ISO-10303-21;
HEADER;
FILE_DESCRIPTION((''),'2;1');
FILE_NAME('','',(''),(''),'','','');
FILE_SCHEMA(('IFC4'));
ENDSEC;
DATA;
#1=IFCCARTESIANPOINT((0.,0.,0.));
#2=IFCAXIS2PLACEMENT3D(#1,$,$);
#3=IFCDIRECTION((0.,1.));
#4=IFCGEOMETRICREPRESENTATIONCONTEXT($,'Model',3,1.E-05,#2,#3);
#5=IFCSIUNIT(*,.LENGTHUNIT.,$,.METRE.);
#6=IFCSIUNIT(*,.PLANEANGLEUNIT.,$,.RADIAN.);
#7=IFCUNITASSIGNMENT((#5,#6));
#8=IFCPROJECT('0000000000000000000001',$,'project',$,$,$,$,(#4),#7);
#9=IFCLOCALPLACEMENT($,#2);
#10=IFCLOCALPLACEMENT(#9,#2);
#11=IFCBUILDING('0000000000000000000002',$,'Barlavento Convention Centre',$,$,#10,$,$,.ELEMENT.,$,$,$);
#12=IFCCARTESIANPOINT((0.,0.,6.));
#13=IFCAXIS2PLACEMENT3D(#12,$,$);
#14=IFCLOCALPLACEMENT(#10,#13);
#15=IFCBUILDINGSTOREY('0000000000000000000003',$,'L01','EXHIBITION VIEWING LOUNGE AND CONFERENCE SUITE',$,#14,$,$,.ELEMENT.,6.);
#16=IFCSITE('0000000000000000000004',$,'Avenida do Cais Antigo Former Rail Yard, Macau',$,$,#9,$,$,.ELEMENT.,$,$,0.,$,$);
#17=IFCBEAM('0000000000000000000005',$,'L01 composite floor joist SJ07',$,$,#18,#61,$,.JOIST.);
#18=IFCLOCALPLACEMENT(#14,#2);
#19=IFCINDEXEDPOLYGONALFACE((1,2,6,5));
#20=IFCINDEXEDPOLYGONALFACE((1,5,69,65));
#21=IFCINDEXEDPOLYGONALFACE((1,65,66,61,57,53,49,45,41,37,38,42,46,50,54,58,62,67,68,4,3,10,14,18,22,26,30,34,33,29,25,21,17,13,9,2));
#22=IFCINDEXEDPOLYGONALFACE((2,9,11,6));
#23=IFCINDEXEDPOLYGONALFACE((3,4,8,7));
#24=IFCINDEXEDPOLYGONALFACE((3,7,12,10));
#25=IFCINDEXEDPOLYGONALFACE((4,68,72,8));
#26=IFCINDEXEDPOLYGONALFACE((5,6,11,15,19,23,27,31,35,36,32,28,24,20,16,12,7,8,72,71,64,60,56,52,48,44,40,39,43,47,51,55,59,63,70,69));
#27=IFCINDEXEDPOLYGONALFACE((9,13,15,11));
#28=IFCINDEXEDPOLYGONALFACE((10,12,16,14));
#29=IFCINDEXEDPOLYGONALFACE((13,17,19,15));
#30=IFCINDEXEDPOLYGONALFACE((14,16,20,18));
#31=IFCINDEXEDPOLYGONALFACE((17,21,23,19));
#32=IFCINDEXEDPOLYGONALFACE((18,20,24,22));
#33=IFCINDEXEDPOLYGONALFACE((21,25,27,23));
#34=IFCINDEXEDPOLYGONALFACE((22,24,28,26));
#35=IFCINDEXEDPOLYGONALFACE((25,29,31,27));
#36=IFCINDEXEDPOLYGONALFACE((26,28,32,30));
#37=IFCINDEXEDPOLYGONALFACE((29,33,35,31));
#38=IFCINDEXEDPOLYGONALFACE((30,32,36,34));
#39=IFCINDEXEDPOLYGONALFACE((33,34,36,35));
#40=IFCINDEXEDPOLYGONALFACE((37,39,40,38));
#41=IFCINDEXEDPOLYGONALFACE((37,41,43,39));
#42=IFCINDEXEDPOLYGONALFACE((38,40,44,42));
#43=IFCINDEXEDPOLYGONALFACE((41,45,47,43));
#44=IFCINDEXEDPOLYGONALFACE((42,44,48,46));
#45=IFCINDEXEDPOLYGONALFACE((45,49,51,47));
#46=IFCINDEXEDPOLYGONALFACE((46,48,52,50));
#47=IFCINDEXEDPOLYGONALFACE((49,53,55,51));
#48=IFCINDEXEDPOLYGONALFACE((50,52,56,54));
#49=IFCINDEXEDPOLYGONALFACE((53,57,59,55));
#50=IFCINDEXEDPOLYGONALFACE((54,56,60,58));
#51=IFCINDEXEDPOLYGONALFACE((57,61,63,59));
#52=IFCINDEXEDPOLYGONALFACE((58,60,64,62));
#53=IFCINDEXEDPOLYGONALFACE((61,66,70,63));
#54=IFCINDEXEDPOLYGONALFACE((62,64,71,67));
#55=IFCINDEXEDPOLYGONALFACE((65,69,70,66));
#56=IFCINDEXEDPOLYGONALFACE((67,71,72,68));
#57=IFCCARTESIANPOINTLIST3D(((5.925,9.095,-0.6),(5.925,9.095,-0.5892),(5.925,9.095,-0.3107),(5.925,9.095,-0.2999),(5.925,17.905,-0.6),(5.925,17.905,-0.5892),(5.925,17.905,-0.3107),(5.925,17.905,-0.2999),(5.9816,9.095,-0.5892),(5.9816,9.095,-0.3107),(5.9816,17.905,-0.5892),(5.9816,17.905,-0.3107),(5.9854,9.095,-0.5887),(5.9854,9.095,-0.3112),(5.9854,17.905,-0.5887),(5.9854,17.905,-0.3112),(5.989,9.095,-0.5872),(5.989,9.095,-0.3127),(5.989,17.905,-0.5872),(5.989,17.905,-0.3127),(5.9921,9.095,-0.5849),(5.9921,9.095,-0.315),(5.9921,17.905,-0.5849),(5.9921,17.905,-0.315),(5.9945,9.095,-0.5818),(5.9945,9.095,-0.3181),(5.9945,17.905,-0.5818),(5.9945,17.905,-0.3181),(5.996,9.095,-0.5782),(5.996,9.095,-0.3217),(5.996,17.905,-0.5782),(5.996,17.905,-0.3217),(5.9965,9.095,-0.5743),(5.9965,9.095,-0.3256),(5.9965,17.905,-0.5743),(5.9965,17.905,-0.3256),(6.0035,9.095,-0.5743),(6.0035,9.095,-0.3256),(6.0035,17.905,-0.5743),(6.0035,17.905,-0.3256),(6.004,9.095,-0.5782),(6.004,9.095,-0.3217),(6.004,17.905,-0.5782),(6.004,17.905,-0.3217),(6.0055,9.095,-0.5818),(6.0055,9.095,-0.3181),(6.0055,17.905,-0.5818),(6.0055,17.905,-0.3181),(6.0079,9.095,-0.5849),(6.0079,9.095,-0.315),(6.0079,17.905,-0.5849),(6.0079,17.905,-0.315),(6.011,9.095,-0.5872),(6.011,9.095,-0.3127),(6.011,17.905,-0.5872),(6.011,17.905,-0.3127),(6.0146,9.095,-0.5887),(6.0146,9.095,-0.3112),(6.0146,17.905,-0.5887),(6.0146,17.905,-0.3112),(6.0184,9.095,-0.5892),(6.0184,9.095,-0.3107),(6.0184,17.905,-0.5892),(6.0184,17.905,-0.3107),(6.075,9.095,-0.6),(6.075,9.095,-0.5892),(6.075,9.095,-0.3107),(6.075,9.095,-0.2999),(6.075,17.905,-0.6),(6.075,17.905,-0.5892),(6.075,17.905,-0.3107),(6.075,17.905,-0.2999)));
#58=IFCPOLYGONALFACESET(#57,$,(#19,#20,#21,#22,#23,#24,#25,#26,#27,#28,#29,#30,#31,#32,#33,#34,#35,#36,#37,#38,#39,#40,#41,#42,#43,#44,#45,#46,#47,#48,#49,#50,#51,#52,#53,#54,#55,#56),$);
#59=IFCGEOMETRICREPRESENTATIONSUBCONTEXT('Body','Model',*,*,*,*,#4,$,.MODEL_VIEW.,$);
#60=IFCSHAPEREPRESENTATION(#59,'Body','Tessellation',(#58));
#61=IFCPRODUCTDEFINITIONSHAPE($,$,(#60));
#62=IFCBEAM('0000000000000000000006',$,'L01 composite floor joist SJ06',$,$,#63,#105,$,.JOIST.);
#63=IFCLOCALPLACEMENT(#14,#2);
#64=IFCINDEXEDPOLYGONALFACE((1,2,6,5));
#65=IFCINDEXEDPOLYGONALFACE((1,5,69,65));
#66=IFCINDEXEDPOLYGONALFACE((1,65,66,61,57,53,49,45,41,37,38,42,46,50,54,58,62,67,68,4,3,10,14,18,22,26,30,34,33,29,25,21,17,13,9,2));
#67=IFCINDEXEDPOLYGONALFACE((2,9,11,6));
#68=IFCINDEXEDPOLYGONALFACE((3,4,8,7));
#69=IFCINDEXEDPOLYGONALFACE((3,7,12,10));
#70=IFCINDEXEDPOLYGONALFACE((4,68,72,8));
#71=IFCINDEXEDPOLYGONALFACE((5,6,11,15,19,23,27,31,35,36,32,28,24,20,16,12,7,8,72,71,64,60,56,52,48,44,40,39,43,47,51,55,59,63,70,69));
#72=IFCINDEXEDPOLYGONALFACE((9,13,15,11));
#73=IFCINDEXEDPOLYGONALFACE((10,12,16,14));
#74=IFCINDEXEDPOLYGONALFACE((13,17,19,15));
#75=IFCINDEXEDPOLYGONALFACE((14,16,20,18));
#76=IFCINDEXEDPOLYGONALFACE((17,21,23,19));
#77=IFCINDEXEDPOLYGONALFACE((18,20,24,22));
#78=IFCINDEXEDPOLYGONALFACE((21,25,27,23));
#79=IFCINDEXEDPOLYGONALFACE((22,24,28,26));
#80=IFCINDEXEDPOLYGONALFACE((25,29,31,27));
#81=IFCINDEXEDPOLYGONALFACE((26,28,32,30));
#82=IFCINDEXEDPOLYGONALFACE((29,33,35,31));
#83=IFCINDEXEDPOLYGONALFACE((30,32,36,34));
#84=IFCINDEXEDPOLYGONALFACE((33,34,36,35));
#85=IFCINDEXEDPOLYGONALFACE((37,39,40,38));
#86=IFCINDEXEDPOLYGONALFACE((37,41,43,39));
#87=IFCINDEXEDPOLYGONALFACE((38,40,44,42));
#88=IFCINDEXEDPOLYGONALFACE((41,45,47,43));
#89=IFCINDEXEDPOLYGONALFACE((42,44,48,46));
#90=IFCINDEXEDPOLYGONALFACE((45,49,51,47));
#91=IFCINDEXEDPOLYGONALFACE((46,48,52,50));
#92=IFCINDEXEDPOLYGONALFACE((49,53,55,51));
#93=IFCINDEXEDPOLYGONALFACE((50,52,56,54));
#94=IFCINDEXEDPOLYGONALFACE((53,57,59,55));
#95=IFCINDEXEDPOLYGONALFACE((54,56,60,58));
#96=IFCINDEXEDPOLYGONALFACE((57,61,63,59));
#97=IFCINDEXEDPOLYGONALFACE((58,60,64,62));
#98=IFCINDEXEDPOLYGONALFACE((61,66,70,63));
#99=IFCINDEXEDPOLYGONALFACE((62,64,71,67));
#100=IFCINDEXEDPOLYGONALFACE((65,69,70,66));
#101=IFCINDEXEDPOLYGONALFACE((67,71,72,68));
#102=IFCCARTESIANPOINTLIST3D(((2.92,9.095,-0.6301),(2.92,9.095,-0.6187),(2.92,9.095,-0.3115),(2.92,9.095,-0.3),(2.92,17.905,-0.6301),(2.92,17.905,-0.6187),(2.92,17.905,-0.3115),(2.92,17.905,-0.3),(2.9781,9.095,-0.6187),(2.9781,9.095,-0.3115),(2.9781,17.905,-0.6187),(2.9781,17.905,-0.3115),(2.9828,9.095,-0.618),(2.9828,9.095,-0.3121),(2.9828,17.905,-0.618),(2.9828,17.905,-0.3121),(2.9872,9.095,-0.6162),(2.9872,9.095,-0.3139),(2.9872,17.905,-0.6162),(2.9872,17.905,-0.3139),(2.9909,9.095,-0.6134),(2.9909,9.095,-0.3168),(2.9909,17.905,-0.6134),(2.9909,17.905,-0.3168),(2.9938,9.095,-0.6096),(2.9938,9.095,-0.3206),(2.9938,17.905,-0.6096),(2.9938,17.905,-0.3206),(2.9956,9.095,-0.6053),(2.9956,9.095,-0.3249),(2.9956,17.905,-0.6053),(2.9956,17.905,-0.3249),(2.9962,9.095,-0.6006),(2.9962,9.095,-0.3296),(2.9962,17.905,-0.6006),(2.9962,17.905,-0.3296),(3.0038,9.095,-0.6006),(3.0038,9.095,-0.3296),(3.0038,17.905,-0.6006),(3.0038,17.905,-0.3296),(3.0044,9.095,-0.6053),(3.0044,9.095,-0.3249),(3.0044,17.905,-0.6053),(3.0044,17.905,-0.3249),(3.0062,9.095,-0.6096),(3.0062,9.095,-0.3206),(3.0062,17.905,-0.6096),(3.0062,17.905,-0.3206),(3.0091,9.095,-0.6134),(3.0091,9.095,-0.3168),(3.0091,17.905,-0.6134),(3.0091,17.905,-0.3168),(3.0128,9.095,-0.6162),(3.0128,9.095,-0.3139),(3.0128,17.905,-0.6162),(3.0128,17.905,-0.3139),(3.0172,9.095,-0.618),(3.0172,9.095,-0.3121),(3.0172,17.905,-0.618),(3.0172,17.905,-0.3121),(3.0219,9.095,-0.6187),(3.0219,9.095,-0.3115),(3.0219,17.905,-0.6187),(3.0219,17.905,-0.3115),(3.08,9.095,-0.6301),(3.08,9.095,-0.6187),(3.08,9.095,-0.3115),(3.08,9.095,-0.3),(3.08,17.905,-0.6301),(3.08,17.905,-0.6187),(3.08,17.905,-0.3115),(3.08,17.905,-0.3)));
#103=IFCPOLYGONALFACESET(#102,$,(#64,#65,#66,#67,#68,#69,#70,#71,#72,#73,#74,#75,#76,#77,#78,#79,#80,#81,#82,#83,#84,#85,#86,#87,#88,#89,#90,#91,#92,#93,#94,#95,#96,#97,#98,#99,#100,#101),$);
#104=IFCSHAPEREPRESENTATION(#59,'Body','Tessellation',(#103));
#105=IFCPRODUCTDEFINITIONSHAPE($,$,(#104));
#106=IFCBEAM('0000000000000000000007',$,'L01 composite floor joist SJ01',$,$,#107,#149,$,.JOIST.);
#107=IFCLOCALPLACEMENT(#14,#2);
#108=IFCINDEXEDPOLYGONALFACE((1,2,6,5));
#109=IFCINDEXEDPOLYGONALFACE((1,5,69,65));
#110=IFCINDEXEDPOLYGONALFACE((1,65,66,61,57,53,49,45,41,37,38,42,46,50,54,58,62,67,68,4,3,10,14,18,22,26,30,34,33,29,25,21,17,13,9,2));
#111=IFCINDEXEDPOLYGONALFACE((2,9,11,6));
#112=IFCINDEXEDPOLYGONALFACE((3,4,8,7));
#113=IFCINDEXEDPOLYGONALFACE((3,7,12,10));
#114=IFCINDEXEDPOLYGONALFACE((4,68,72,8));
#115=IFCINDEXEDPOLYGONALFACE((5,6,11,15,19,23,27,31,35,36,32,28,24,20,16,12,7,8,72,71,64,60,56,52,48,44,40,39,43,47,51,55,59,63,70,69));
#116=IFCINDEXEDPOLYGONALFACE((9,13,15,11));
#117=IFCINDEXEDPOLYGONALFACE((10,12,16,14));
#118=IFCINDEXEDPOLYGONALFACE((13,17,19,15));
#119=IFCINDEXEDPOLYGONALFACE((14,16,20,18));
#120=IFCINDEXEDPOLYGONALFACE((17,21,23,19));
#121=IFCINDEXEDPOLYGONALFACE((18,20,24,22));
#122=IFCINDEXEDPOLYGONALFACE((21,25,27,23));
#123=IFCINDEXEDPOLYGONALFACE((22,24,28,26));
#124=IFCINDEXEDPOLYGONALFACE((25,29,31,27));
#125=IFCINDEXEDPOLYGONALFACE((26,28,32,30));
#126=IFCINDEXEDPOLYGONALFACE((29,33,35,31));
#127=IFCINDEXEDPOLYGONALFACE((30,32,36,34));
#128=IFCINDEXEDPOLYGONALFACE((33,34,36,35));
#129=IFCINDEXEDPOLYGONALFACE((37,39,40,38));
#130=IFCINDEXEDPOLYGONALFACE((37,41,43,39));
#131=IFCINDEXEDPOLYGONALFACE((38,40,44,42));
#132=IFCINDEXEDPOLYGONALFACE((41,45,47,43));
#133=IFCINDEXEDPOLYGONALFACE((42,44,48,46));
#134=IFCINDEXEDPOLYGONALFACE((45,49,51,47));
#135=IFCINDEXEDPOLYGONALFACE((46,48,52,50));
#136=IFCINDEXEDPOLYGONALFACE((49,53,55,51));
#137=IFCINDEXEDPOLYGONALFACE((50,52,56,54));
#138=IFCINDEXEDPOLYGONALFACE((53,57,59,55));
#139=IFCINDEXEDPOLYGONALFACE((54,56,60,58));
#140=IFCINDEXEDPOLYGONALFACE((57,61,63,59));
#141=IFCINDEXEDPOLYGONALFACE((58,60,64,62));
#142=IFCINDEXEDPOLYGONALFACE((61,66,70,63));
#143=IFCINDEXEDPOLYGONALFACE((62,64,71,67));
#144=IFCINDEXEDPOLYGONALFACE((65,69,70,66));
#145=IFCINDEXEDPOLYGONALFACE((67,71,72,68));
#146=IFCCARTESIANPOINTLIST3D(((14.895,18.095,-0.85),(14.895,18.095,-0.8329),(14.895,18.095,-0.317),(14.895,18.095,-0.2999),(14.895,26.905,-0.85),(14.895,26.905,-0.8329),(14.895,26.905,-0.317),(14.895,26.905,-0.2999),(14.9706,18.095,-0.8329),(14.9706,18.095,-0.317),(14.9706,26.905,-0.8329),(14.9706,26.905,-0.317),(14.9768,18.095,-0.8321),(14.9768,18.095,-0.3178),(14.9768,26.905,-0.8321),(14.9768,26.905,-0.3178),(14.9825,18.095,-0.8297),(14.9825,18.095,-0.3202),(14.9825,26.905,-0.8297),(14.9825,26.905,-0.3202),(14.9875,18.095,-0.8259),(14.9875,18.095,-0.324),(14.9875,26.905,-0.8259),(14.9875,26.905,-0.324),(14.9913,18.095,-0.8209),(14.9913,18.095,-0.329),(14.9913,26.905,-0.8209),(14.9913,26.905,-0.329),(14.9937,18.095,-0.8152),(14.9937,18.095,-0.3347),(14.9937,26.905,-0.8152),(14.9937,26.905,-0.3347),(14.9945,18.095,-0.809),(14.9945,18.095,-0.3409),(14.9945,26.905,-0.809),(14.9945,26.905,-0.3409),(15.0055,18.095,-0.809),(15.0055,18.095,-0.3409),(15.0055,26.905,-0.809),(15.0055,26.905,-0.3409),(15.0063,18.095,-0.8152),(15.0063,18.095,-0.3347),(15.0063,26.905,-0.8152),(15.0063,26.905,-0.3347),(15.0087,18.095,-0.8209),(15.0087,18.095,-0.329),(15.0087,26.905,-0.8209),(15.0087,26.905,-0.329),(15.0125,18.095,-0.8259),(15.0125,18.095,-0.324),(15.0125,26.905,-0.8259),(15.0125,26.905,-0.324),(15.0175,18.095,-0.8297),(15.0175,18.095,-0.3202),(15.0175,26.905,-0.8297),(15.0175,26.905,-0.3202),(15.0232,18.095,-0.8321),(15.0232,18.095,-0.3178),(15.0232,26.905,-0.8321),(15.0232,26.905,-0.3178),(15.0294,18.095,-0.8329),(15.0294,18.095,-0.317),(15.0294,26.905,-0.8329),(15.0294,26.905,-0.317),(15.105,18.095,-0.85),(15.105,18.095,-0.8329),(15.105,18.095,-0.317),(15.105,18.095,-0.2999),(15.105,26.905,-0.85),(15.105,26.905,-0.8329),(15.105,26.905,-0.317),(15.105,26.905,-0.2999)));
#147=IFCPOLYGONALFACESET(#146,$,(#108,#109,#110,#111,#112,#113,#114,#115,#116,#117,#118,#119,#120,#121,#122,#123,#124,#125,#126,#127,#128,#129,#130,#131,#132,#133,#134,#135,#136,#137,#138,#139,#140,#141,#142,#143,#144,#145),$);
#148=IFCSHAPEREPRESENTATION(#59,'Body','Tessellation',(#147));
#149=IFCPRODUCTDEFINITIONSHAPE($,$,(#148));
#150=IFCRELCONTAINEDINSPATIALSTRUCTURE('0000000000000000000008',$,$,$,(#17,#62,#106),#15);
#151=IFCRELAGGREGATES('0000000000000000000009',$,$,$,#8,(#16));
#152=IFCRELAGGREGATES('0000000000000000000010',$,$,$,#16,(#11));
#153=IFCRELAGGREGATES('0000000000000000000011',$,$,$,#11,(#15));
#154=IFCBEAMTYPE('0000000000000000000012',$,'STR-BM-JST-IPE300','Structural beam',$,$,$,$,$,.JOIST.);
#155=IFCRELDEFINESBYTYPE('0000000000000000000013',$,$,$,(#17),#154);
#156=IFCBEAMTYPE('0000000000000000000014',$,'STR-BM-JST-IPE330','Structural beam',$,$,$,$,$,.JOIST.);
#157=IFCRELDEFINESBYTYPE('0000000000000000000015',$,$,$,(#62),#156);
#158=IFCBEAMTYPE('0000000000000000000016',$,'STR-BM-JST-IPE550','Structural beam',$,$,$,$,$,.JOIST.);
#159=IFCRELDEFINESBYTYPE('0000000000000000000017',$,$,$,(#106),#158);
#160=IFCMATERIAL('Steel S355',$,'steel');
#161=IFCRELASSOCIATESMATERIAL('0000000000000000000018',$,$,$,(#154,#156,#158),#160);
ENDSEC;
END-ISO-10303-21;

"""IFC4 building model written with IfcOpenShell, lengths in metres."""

from ifc_helpers import new_model, si_unit, direction, frame, origin, origin_2d, place, context, subcontext, project, spatial, i_section, extrude, material, material_profile, profile_set, type_object, element, save


model = new_model("IFC4")

# Units and contexts
model_context = context("Model", 3, precision=1e-05, world=origin(), true_north=direction((0.0, 1.0)))
body_context = subcontext(model_context, "Body", "Model", "MODEL_VIEW")
ifc_project = project(units=[si_unit("LENGTHUNIT", "METRE"), si_unit("PLANEANGLEUNIT", "RADIAN")], contexts=[model_context])

# Site, building, storey
site_placement = place(None, origin())
site = spatial("IfcSite", under=ifc_project, at=site_placement, Name="Avenida do Cais Antigo Former Rail Yard, Macau", CompositionType="ELEMENT", RefElevation=0.0)
building_placement = place(site_placement, origin())
building = spatial("IfcBuilding", under=site, at=building_placement, Name="Barlavento Convention Centre", CompositionType="ELEMENT")
storey_placement = place(building_placement, frame((0.0, 0.0, 6.0)))
storey = spatial("IfcBuildingStorey", under=building, at=storey_placement, Name="L01", Description="EXHIBITION VIEWING LOUNGE AND CONFERENCE SUITE", CompositionType="ELEMENT", Elevation=6.0)

# Beams
ifc_material_1 = material(Name="Steel S355", Category="steel")
ifc_material_profile_1 = material_profile(ifc_material_1, i_section(OverallWidth=0.1499, OverallDepth=0.3, WebThickness=0.0071, FlangeThickness=0.0107, FilletRadius=0.0149, at=origin_2d()), Name="IPE 300")
ifc_profile_set_1 = profile_set([ifc_material_profile_1], Name="Steel S355")
beam_type_1 = type_object("IfcBeamType", Name="STR-BM-JST-IPE300", Description="Structural beam", PredefinedType="JOIST", material=ifc_profile_set_1)
beam_1_placement = place(storey_placement, frame((6.0, 9.095, -0.45), z_axis=(0.0, 1.0, 0.0), x_axis=(-1.0, 0.0, 0.0)))
element("IfcBeam", 1, at=beam_1_placement, inside=storey, type_object=beam_type_1, Name="L01 composite floor joist SJ07", PredefinedType="JOIST", context=body_context, shape_type="SweptSolid", body=[
    extrude(i_section(OverallWidth=0.1499, OverallDepth=0.3, WebThickness=0.0071, FlangeThickness=0.0107, FilletRadius=0.0149, at=origin_2d()), origin(), (0.0, 0.0, 1.0), 8.8101),
])
ifc_material_profile_2 = material_profile(ifc_material_1, i_section(OverallWidth=0.1599, OverallDepth=0.3301, WebThickness=0.0076, FlangeThickness=0.0115, FilletRadius=0.0181, at=origin_2d()), Name="IPE 330")
ifc_profile_set_2 = profile_set([ifc_material_profile_2], Name="Steel S355")
beam_type_2 = type_object("IfcBeamType", Name="STR-BM-JST-IPE330", Description="Structural beam", PredefinedType="JOIST", material=ifc_profile_set_2)
beam_2_placement = place(storey_placement, frame((3.0, 9.095, -0.4651), z_axis=(0.0, 1.0, 0.0), x_axis=(-1.0, 0.0, 0.0)))
element("IfcBeam", 2, at=beam_2_placement, inside=storey, type_object=beam_type_2, Name="L01 composite floor joist SJ06", PredefinedType="JOIST", context=body_context, shape_type="SweptSolid", body=[
    extrude(i_section(OverallWidth=0.1599, OverallDepth=0.3301, WebThickness=0.0076, FlangeThickness=0.0115, FilletRadius=0.0181, at=origin_2d()), origin(), (0.0, 0.0, 1.0), 8.8101),
])
ifc_material_profile_3 = material_profile(ifc_material_1, i_section(OverallWidth=0.21, OverallDepth=0.55, WebThickness=0.011, FlangeThickness=0.0171, FilletRadius=0.0239, at=origin_2d()), Name="IPE 550")
ifc_profile_set_3 = profile_set([ifc_material_profile_3], Name="Steel S355")
beam_type_3 = type_object("IfcBeamType", Name="STR-BM-JST-IPE550", Description="Structural beam", PredefinedType="JOIST", material=ifc_profile_set_3)
beam_3_placement = place(storey_placement, frame((15.0, 18.095, -0.575), z_axis=(0.0, 1.0, 0.0), x_axis=(-1.0, 0.0, 0.0)))
element("IfcBeam", 3, at=beam_3_placement, inside=storey, type_object=beam_type_3, Name="L01 composite floor joist SJ01", PredefinedType="JOIST", context=body_context, shape_type="SweptSolid", body=[
    extrude(i_section(OverallWidth=0.21, OverallDepth=0.55, WebThickness=0.011, FlangeThickness=0.0171, FilletRadius=0.0239, at=origin_2d()), origin(), (0.0, 0.0, 1.0), 8.8101),
])

save(model, "model.ifc")
